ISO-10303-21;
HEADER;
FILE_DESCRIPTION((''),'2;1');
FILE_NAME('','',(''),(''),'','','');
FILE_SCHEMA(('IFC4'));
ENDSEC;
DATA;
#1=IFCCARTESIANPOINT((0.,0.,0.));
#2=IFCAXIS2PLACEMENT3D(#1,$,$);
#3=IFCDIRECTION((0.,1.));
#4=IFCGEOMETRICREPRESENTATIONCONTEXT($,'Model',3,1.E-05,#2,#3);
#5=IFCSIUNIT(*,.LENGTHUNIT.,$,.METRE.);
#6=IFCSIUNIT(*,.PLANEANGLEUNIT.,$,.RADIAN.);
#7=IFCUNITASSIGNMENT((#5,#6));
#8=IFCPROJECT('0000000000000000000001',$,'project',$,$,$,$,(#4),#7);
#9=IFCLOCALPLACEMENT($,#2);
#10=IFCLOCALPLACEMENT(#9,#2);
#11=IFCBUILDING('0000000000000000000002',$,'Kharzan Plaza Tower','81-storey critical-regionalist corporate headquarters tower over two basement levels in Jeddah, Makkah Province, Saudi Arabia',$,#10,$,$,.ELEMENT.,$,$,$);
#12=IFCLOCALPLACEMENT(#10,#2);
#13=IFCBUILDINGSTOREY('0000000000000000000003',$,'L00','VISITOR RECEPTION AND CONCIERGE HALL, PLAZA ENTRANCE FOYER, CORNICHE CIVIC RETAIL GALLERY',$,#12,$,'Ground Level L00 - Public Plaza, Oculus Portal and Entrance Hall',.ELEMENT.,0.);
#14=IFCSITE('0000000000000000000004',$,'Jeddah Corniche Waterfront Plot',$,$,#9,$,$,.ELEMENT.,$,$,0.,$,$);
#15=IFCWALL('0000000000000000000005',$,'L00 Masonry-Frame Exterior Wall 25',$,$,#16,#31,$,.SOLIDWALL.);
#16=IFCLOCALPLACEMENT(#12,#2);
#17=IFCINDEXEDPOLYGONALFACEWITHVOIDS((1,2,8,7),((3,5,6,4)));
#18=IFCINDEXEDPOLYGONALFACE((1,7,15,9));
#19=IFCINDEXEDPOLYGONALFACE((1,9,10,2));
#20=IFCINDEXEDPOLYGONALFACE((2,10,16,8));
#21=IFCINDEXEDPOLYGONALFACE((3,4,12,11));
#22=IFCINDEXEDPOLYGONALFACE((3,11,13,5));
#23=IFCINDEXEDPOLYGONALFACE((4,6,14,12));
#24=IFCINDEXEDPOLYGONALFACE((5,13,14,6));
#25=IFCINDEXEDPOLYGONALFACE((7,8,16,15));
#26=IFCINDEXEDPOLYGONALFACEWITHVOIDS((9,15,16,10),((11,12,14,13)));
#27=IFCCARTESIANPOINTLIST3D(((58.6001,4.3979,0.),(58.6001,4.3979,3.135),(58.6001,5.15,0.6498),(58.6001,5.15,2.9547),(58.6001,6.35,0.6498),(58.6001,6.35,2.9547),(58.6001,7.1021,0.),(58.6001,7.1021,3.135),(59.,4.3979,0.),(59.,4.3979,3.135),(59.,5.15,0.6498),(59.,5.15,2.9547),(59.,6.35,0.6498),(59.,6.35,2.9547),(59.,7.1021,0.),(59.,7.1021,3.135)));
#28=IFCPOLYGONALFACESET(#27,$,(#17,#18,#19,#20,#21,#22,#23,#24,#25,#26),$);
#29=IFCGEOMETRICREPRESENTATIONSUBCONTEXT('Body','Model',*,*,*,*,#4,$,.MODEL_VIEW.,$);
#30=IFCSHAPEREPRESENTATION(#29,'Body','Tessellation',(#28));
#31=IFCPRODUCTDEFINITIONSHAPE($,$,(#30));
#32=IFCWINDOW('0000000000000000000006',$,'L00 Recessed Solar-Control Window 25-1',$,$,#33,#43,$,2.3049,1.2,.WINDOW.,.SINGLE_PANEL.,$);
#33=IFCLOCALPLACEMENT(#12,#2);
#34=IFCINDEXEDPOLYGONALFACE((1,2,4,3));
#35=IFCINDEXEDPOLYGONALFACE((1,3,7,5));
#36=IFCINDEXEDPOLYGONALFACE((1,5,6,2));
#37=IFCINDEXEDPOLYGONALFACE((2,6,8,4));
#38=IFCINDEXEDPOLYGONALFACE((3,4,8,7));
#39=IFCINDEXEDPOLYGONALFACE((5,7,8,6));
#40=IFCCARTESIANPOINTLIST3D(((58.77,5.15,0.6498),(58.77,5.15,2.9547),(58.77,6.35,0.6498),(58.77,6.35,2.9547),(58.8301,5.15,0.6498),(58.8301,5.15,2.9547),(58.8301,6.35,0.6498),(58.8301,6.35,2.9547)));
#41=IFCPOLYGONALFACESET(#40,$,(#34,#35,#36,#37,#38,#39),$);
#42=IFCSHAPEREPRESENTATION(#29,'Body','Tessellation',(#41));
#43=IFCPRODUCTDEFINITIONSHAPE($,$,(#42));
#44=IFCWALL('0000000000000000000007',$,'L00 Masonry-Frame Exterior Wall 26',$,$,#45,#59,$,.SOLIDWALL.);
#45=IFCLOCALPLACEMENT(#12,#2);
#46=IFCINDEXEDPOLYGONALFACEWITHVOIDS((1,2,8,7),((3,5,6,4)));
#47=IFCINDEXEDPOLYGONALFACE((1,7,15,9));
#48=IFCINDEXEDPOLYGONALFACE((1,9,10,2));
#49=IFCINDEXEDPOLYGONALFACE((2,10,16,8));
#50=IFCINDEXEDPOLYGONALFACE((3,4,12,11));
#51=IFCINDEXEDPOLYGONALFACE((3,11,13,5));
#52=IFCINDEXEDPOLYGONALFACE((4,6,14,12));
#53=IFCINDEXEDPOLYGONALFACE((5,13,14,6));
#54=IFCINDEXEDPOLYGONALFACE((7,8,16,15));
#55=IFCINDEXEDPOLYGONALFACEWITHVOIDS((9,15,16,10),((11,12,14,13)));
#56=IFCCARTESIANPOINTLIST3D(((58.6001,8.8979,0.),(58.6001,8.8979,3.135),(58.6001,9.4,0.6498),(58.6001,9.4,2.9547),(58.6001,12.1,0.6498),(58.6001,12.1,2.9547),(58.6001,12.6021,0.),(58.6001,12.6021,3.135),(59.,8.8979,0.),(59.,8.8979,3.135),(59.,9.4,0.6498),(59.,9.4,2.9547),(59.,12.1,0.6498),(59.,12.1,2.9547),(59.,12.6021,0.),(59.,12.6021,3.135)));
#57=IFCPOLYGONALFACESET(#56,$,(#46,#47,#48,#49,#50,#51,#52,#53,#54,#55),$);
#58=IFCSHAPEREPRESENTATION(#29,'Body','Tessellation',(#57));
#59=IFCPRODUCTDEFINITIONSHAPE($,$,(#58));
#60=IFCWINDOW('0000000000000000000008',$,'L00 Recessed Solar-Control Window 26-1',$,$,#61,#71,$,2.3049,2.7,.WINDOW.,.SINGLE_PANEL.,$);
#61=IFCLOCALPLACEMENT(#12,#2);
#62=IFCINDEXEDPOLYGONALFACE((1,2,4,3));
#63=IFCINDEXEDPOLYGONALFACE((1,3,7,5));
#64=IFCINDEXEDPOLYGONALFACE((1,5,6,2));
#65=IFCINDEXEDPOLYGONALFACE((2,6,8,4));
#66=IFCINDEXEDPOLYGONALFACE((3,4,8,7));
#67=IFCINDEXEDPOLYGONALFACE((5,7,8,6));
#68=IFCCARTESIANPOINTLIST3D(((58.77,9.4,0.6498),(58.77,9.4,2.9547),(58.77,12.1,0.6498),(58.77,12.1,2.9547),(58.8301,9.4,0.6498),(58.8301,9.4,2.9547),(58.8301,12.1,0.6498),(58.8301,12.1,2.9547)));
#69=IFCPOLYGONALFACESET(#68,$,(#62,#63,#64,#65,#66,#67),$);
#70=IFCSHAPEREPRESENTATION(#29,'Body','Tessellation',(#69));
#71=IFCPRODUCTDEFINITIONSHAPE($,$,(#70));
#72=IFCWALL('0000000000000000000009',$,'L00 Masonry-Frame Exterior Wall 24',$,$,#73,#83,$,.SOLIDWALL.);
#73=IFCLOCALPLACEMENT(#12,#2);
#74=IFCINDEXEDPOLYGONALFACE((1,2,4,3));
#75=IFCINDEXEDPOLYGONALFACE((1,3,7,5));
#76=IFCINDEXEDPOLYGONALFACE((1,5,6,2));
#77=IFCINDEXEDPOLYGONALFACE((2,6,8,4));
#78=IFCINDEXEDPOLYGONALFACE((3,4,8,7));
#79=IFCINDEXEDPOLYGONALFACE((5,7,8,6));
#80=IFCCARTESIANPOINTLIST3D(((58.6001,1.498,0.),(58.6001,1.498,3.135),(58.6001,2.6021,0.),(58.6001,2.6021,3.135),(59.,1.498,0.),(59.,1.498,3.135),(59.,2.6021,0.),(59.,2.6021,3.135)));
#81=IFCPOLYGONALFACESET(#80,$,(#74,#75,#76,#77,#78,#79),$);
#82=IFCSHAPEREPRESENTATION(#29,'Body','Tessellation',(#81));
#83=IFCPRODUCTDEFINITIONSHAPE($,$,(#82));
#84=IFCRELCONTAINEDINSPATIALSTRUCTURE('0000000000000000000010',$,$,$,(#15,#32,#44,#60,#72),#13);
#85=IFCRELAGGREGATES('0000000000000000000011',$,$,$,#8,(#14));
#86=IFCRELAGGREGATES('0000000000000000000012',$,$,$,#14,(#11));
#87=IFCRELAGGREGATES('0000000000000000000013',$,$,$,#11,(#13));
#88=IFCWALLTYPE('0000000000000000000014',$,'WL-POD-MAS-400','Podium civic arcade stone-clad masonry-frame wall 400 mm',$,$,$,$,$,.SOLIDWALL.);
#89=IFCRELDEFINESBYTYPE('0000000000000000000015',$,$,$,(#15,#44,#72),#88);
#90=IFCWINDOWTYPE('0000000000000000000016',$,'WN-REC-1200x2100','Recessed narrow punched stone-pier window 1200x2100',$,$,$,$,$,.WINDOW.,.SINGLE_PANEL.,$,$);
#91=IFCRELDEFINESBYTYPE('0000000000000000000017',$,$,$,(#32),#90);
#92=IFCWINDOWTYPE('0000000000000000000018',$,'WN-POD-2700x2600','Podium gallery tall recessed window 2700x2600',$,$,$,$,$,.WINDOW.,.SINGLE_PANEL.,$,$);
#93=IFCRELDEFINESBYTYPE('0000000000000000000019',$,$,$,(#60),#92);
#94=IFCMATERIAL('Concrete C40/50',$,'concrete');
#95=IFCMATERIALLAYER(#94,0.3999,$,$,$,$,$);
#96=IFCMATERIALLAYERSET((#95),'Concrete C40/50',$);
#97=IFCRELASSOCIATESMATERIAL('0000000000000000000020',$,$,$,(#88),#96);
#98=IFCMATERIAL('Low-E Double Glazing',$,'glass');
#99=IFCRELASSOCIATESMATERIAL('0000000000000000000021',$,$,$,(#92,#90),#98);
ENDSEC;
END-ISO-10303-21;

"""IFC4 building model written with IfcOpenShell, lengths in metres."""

from ifc_helpers import new_model, si_unit, direction, frame, frame_2d, origin, place, context, subcontext, project, spatial, rectangle, extrude, source, transform, mapped, material, layer, layer_set, type_object, element, fill, save


model = new_model("IFC4")

# Units and contexts
model_context = context("Model", 3, precision=1e-05, world=origin(), true_north=direction((0.0, 1.0)))
body_context = subcontext(model_context, "Body", "Model", "MODEL_VIEW")
ifc_project = project(units=[si_unit("LENGTHUNIT", "METRE"), si_unit("PLANEANGLEUNIT", "RADIAN")], contexts=[model_context])

# Site, building, storey
site_placement = place(None, origin())
site = spatial("IfcSite", under=ifc_project, at=site_placement, Name="Jeddah Corniche Waterfront Plot", CompositionType="ELEMENT", RefElevation=0.0)
building_placement = place(site_placement, origin())
building = spatial("IfcBuilding", under=site, at=building_placement, Name="Kharzan Plaza Tower", Description="81-storey critical-regionalist corporate headquarters tower over two basement levels in Jeddah, Makkah Province, Saudi Arabia", CompositionType="ELEMENT")
storey_placement = place(building_placement, origin())
storey = spatial("IfcBuildingStorey", under=building, at=storey_placement, Name="L00", Description="VISITOR RECEPTION AND CONCIERGE HALL, PLAZA ENTRANCE FOYER, CORNICHE CIVIC RETAIL GALLERY", LongName="Ground Level L00 - Public Plaza, Oculus Portal and Entrance Hall", CompositionType="ELEMENT", Elevation=0.0)

# Walls, openings, windows
ifc_material_1 = material(Name="Concrete C40/50", Category="concrete")
ifc_layer_1 = layer(ifc_material_1, 0.3999)
ifc_layer_set_1 = layer_set([ifc_layer_1], Name="Concrete C40/50")
wall_type_1 = type_object("IfcWallType", Name="WL-POD-MAS-400", Description="Podium civic arcade stone-clad masonry-frame wall 400 mm", PredefinedType="SOLIDWALL", material=ifc_layer_set_1)
ifc_material_2 = material(Name="Low-E Double Glazing", Category="glass")
window_type_1 = type_object("IfcWindowType", Name="WN-POD-2700x2600", Description="Podium gallery tall recessed window 2700x2600", PartitioningType="SINGLE_PANEL", PredefinedType="WINDOW", material=ifc_material_2)
shared_shape_1 = source(origin(), body_context, "Body", "SweptSolid", [
    extrude(rectangle(XDim=2.7, YDim=2.3049, at=frame_2d((1.3501, 1.1523))), frame((0.0, 0.03, 0.0), z_axis=(0.0, -1.0, 0.0), x_axis=(1.0, 0.0, 0.0)), (0.0, 0.0, 1.0), 0.0601),
])
wall_1_placement = place(storey_placement, frame((58.8, 4.3979, 0.0), z_axis=(0.0, 0.0, 1.0), x_axis=(0.0, 1.0, 0.0)))
wall_1 = element("IfcWall", 1, at=wall_1_placement, inside=storey, type_object=wall_type_1, Name="L00 Masonry-Frame Exterior Wall 25", PredefinedType="SOLIDWALL", context=body_context, shape_type="SweptSolid", body=[
    extrude(rectangle(XDim=2.7041, YDim=0.3999, at=frame_2d((1.3521, 0.0))), origin(), (0.0, 0.0, 1.0), 3.135),
])
opening_1_placement = place(wall_1_placement, frame((0.752, 0.0, 0.6499)))
opening_1 = element("IfcOpeningElement", 2, at=opening_1_placement, cuts=wall_1, PredefinedType="OPENING", context=body_context, shape_type="SweptSolid", body=[
    extrude(rectangle(XDim=1.2, YDim=2.3049, at=frame_2d((0.6001, 1.1523))), frame((0.0, 0.21, 0.0), z_axis=(0.0, -1.0, 0.0), x_axis=(1.0, 0.0, 0.0)), (0.0, 0.0, 1.0), 0.4199),
])
window_type_2 = type_object("IfcWindowType", Name="WN-REC-1200x2100", Description="Recessed narrow punched stone-pier window 1200x2100", PartitioningType="SINGLE_PANEL", PredefinedType="WINDOW", material=ifc_material_2)
shared_shape_2 = source(origin(), body_context, "Body", "SweptSolid", [
    extrude(rectangle(XDim=1.2, YDim=2.3049, at=frame_2d((0.6001, 1.1523))), frame((0.0, 0.03, 0.0), z_axis=(0.0, -1.0, 0.0), x_axis=(1.0, 0.0, 0.0)), (0.0, 0.0, 1.0), 0.0601),
])
window_1_placement = place(opening_1_placement, origin())
window_1 = element("IfcWindow", 3, at=window_1_placement, inside=storey, type_object=window_type_2, Name="L00 Recessed Solar-Control Window 25-1", OverallHeight=2.3049, OverallWidth=1.2, PartitioningType="SINGLE_PANEL", PredefinedType="WINDOW", context=body_context, shape_type="MappedRepresentation", body=[
    mapped(shared_shape_2, transform((0.0, 0.0, 0.0), x_axis=(1.0, 0.0, 0.0), y_axis=(0.0, 1.0, 0.0), z_axis=(0.0, 0.0, 1.0))),
])
fill(opening_1, window_1)
wall_2_placement = place(storey_placement, frame((58.8, 8.8979, 0.0), z_axis=(0.0, 0.0, 1.0), x_axis=(0.0, 1.0, 0.0)))
wall_2 = element("IfcWall", 4, at=wall_2_placement, inside=storey, type_object=wall_type_1, Name="L00 Masonry-Frame Exterior Wall 26", PredefinedType="SOLIDWALL", context=body_context, shape_type="SweptSolid", body=[
    extrude(rectangle(XDim=3.7041, YDim=0.3999, at=frame_2d((1.8521, 0.0))), origin(), (0.0, 0.0, 1.0), 3.135),
])
opening_2_placement = place(wall_2_placement, frame((0.502, 0.0, 0.6499)))
opening_2 = element("IfcOpeningElement", 5, at=opening_2_placement, cuts=wall_2, PredefinedType="OPENING", context=body_context, shape_type="SweptSolid", body=[
    extrude(rectangle(XDim=2.7, YDim=2.3049, at=frame_2d((1.3501, 1.1523))), frame((0.0, 0.21, 0.0), z_axis=(0.0, -1.0, 0.0), x_axis=(1.0, 0.0, 0.0)), (0.0, 0.0, 1.0), 0.4199),
])
window_2_placement = place(opening_2_placement, origin())
window_2 = element("IfcWindow", 6, at=window_2_placement, inside=storey, type_object=window_type_1, Name="L00 Recessed Solar-Control Window 26-1", OverallHeight=2.3049, OverallWidth=2.7, PartitioningType="SINGLE_PANEL", PredefinedType="WINDOW", context=body_context, shape_type="MappedRepresentation", body=[
    mapped(shared_shape_1, transform((0.0, 0.0, 0.0), x_axis=(1.0, 0.0, 0.0), y_axis=(0.0, 1.0, 0.0), z_axis=(0.0, 0.0, 1.0))),
])
fill(opening_2, window_2)

# Wall
shared_shape_3 = source(origin(), body_context, "Body", "SweptSolid", [
    extrude(rectangle(XDim=1.104, YDim=0.3999, at=frame_2d((0.552, 0.0))), origin(), (0.0, 0.0, 1.0), 3.135),
])
wall_3_placement = place(storey_placement, frame((58.8, 1.498, 0.0), z_axis=(0.0, 0.0, 1.0), x_axis=(0.0, 1.0, 0.0)))
element("IfcWall", 7, at=wall_3_placement, inside=storey, type_object=wall_type_1, Name="L00 Masonry-Frame Exterior Wall 24", PredefinedType="SOLIDWALL", context=body_context, shape_type="MappedRepresentation", body=[
    mapped(shared_shape_3, transform((0.0, 0.0, 0.0), x_axis=(1.0, 0.0, 0.0), y_axis=(0.0, 1.0, 0.0), z_axis=(0.0, 0.0, 1.0))),
])

save(model, "model.ifc")
